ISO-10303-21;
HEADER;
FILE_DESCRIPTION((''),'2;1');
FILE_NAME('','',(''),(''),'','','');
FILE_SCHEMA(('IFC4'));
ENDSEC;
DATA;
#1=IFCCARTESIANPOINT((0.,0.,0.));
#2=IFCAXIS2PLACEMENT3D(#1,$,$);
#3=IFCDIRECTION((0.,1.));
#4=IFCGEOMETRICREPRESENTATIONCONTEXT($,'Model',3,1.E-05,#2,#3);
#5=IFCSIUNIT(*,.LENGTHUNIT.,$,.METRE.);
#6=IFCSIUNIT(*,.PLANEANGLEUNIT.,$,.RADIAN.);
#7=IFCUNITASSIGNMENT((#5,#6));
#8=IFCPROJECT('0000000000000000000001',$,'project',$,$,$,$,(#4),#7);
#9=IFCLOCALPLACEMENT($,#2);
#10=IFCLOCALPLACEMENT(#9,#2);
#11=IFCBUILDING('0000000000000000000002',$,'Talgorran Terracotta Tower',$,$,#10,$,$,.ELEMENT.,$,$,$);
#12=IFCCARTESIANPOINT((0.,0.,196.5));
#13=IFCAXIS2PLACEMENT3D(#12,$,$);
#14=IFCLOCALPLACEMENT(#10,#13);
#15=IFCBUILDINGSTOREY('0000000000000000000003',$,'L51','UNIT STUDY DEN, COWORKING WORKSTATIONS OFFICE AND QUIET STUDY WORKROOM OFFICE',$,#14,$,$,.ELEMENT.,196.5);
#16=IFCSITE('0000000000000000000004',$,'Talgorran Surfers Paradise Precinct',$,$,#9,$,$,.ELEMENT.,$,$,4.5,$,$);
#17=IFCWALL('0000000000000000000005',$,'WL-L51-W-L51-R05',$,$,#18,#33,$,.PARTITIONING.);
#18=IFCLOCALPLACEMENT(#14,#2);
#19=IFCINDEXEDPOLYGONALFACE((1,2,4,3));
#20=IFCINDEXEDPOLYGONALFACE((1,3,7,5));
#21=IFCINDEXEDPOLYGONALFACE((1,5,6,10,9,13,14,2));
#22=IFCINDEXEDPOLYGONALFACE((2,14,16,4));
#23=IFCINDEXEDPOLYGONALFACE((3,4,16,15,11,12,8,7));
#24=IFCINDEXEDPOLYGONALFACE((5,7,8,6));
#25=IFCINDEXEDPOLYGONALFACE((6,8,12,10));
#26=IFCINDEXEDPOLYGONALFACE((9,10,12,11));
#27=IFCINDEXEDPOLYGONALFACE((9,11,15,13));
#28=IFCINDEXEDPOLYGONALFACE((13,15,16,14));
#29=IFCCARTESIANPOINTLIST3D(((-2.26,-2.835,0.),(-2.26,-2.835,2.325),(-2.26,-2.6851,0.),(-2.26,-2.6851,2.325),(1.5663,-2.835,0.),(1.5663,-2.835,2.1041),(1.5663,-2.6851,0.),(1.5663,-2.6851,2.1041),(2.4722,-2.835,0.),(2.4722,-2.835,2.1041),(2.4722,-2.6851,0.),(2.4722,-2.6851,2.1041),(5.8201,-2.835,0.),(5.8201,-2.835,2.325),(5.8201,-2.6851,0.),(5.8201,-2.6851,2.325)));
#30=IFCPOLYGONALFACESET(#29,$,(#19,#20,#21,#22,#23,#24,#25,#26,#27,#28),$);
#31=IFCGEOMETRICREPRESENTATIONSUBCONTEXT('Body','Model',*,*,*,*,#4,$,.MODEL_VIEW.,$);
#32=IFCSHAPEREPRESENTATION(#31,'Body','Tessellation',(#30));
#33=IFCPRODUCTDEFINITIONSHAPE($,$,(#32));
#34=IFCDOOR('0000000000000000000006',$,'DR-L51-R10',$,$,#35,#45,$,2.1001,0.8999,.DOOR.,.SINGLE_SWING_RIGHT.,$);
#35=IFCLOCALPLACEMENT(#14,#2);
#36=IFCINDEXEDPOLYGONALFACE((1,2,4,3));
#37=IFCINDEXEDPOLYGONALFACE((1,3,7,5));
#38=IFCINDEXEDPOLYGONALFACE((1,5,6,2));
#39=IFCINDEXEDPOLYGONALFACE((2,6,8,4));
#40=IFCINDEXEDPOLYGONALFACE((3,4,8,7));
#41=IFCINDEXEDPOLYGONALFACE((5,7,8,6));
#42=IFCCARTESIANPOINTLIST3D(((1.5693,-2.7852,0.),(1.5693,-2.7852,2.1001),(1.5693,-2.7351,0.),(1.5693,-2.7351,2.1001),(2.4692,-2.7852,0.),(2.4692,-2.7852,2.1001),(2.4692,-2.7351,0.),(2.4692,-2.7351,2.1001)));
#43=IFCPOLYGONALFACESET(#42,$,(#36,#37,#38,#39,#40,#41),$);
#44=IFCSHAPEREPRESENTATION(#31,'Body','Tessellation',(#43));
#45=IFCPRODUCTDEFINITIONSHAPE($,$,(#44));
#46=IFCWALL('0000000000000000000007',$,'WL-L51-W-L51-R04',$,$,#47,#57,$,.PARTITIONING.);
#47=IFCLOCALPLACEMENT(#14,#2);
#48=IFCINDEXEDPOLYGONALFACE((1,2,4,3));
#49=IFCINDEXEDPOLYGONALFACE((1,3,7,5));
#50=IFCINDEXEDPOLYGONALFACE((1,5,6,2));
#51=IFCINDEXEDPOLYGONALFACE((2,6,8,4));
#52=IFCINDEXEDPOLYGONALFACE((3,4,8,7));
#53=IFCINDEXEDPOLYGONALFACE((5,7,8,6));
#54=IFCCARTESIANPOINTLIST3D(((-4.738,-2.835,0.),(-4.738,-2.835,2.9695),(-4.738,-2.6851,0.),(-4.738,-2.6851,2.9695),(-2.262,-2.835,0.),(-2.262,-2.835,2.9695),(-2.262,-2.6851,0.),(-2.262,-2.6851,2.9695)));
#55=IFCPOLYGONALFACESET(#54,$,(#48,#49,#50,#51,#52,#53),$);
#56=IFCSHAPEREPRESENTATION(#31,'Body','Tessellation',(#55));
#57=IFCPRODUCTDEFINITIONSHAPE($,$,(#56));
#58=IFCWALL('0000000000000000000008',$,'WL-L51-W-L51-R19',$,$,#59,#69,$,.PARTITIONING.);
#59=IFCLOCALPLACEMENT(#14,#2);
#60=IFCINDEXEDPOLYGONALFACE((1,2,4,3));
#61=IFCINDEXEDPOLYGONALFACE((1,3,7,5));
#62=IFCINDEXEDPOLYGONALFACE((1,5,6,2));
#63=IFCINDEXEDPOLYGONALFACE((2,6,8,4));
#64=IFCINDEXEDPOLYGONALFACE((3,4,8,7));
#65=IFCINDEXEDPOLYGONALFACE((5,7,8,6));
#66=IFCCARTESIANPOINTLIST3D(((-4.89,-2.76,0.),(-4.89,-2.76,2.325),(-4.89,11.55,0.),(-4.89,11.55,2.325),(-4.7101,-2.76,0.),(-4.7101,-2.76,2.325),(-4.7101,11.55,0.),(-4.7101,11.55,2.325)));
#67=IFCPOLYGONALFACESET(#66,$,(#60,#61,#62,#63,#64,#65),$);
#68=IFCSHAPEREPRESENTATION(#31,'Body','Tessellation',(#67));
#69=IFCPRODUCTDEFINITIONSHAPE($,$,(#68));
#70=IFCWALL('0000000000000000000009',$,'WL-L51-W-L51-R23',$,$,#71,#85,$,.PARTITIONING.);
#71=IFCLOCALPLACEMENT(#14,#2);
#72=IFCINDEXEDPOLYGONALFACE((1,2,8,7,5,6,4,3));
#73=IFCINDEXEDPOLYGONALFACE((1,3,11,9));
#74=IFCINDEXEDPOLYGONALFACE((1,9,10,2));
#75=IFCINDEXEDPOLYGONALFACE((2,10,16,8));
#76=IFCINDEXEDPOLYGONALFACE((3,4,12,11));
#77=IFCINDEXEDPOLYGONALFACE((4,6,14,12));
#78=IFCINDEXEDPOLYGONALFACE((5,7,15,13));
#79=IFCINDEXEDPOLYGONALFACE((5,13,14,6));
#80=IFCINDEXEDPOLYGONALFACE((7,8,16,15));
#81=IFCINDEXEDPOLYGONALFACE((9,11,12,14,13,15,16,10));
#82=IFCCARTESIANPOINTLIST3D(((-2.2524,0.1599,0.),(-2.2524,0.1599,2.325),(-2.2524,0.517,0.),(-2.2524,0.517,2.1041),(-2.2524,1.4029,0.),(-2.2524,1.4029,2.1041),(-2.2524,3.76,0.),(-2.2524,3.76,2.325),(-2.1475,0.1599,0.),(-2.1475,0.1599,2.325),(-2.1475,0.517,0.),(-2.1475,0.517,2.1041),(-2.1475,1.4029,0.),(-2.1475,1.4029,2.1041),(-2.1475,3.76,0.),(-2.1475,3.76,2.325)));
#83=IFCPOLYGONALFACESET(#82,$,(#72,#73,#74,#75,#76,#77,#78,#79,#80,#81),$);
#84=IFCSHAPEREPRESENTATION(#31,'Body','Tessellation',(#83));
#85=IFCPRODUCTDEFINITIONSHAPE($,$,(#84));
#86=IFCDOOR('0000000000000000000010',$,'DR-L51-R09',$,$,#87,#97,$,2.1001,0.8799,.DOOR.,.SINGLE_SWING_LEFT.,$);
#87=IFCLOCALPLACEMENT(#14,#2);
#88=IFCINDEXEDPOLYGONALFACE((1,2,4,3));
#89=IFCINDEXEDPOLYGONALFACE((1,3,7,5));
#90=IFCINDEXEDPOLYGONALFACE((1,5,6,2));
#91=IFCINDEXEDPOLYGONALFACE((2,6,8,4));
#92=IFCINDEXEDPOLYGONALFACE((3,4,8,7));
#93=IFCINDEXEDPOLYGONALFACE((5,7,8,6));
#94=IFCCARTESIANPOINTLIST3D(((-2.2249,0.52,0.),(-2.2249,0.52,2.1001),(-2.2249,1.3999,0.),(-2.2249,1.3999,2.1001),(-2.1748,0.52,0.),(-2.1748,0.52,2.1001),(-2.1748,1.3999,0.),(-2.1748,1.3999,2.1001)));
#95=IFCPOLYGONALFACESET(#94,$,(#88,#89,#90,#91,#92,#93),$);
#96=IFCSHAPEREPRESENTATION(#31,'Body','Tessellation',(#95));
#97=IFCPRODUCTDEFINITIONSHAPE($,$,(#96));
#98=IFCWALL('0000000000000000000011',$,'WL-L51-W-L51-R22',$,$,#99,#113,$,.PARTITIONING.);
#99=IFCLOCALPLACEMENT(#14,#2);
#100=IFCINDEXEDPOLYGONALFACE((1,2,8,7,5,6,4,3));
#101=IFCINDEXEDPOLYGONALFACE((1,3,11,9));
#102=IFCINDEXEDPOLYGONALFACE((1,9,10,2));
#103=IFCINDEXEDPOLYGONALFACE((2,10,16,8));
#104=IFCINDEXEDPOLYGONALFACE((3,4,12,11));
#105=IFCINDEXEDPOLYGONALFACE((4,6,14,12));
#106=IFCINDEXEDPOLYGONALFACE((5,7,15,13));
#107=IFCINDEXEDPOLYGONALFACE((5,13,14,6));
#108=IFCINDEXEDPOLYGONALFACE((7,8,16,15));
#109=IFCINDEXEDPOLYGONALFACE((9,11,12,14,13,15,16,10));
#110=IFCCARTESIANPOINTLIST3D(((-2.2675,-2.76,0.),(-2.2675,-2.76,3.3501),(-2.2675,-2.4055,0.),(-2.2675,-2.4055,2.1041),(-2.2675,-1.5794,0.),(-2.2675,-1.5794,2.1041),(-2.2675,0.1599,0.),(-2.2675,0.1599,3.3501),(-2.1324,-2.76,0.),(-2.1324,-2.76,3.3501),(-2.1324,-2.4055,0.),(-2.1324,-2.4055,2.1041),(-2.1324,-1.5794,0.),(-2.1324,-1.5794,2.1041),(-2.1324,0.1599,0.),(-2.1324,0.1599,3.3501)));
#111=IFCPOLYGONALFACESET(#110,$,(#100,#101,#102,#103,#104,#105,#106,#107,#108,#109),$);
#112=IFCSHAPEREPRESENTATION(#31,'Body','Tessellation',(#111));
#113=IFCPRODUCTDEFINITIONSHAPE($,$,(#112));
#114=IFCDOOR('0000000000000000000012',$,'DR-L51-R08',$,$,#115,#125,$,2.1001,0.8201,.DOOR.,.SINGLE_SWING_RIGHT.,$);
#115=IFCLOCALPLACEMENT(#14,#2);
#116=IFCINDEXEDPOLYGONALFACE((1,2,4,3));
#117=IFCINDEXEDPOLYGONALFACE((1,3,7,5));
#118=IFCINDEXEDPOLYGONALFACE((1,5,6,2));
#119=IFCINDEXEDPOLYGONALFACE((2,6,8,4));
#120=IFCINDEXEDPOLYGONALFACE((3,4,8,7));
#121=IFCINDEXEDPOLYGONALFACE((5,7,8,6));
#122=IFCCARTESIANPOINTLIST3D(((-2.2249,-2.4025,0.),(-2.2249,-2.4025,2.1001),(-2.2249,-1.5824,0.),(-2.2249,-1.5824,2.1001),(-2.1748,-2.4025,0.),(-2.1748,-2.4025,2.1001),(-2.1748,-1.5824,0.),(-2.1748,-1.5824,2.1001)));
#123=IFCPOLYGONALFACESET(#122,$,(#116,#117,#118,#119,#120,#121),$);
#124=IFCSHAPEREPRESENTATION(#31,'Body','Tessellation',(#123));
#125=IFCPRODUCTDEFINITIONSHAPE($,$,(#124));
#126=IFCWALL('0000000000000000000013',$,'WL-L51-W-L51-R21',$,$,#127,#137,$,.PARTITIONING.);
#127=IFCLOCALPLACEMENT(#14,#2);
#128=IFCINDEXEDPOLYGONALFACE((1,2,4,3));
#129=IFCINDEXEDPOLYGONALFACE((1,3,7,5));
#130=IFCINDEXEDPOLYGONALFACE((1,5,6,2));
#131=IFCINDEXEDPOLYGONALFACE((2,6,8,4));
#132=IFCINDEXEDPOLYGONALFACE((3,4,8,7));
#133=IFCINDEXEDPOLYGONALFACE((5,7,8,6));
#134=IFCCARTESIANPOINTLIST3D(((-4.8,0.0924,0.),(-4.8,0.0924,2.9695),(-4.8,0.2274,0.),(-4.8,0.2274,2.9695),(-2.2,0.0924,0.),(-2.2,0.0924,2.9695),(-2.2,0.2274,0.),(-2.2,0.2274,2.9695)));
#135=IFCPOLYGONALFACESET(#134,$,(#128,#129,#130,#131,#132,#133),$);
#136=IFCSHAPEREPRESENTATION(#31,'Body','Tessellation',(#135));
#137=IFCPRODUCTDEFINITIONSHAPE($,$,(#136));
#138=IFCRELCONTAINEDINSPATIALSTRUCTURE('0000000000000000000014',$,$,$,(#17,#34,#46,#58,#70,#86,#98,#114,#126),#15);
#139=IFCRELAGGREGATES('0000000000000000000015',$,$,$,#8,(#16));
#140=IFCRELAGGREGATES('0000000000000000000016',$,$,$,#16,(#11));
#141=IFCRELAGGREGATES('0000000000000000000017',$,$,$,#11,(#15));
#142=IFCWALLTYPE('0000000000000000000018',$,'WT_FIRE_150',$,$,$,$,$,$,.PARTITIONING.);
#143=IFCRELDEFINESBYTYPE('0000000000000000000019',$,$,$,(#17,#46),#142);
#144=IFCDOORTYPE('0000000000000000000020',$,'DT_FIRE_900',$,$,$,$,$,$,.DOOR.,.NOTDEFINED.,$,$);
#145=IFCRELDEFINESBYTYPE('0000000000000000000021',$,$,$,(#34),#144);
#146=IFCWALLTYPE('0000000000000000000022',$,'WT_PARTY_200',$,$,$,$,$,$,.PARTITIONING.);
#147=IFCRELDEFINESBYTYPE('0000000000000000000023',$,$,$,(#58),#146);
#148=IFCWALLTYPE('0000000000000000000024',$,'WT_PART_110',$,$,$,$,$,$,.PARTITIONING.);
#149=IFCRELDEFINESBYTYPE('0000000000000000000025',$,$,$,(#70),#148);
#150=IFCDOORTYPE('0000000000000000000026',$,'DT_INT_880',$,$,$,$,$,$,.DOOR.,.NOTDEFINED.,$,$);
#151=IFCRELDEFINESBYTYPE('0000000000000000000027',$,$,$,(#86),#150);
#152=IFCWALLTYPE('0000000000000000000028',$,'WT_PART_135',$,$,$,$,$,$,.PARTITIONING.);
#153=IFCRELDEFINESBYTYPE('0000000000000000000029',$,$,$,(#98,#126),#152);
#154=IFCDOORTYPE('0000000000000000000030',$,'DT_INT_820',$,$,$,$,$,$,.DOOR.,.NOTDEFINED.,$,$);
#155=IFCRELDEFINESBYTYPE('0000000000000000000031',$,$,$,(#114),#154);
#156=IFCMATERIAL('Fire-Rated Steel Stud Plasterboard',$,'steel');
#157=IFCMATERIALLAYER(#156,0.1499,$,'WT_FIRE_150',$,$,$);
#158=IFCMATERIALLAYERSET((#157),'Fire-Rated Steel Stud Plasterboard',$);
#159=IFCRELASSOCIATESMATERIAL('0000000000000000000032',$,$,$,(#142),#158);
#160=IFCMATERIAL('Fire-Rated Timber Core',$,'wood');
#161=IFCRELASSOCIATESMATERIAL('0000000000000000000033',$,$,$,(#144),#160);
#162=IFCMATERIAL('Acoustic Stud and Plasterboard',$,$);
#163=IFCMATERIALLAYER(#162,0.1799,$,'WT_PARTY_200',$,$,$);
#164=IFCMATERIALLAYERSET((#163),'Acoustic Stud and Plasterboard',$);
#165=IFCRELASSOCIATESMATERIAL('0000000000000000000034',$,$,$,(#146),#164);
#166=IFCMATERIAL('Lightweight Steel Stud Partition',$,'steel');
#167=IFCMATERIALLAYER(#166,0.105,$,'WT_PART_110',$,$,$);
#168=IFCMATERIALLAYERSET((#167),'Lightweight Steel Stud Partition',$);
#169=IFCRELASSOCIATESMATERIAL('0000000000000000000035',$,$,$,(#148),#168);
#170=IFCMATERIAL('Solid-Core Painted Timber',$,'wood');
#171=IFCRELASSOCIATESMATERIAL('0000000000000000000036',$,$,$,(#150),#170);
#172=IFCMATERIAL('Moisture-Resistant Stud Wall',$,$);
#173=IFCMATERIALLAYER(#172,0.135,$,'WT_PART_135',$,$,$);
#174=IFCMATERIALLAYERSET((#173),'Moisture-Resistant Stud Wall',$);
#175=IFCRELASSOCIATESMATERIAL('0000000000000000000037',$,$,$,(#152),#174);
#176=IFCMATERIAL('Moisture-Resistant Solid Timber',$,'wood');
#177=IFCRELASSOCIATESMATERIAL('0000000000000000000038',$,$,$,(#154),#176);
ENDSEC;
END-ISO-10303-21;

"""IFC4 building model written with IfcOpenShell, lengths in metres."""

from ifc_helpers import new_model, si_unit, direction, frame, frame_2d, origin, place, context, subcontext, project, spatial, rectangle, extrude, material, layer, layer_set, type_object, element, fill, save


model = new_model("IFC4")

# Units and contexts
model_context = context("Model", 3, precision=1e-05, world=origin(), true_north=direction((0.0, 1.0)))
body_context = subcontext(model_context, "Body", "Model", "MODEL_VIEW")
ifc_project = project(units=[si_unit("LENGTHUNIT", "METRE"), si_unit("PLANEANGLEUNIT", "RADIAN")], contexts=[model_context])

# Site, building, storey
site_placement = place(None, origin())
site = spatial("IfcSite", under=ifc_project, at=site_placement, Name="Talgorran Surfers Paradise Precinct", CompositionType="ELEMENT", RefElevation=4.5)
building_placement = place(site_placement, origin())
building = spatial("IfcBuilding", under=site, at=building_placement, Name="Talgorran Terracotta Tower", CompositionType="ELEMENT")
storey_placement = place(building_placement, frame((0.0, 0.0, 196.5)))
storey = spatial("IfcBuildingStorey", under=building, at=storey_placement, Name="L51", Description="UNIT STUDY DEN, COWORKING WORKSTATIONS OFFICE AND QUIET STUDY WORKROOM OFFICE", CompositionType="ELEMENT", Elevation=196.5)

# Wall, opening, door
ifc_material_1 = material(Name="Fire-Rated Steel Stud Plasterboard", Category="steel")
ifc_layer_1 = layer(ifc_material_1, 0.1499, Name="WT_FIRE_150")
ifc_layer_set_1 = layer_set([ifc_layer_1], Name="Fire-Rated Steel Stud Plasterboard")
wall_type_1 = type_object("IfcWallType", Name="WT_FIRE_150", PredefinedType="PARTITIONING", material=ifc_layer_set_1)
wall_1_placement = place(storey_placement, frame((-2.26, -2.76, 0.0), z_axis=(0.0, 0.0, 1.0), x_axis=(1.0, 0.0, 0.0)))
wall_1 = element("IfcWall", 1, at=wall_1_placement, inside=storey, type_object=wall_type_1, Name="WL-L51-W-L51-R05", PredefinedType="PARTITIONING", context=body_context, shape_type="SweptSolid", body=[
    extrude(rectangle(XDim=8.0801, YDim=0.1499, at=frame_2d((4.04, 0.0))), origin(), (0.0, 0.0, 1.0), 2.325),
])
opening_1_placement = place(wall_1_placement, frame((3.8293, 0.0, 0.0)))
opening_1 = element("IfcOpeningElement", 2, at=opening_1_placement, cuts=wall_1, PredefinedType="OPENING", context=body_context, shape_type="SweptSolid", body=[
    extrude(rectangle(XDim=0.9059, YDim=2.1041, at=frame_2d((0.45, 1.052))), frame((0.0, 0.085, 0.0), z_axis=(0.0, -1.0, 0.0), x_axis=(1.0, 0.0, 0.0)), (0.0, 0.0, 1.0), 0.1699),
])
ifc_material_2 = material(Name="Fire-Rated Timber Core", Category="wood")
door_type_1 = type_object("IfcDoorType", Name="DT_FIRE_900", OperationType="NOTDEFINED", PredefinedType="DOOR", material=ifc_material_2)
door_1_placement = place(opening_1_placement, origin())
door_1 = element("IfcDoor", 3, at=door_1_placement, inside=storey, type_object=door_type_1, Name="DR-L51-R10", OperationType="SINGLE_SWING_RIGHT", OverallHeight=2.1001, OverallWidth=0.8999, PredefinedType="DOOR", context=body_context, shape_type="SweptSolid", body=[
    extrude(rectangle(XDim=0.8999, YDim=2.1001, at=frame_2d((0.45, 1.05))), frame((0.0, 0.0249, 0.0), z_axis=(0.0, -1.0, 0.0), x_axis=(1.0, 0.0, 0.0)), (0.0, 0.0, 1.0), 0.05),
])
fill(opening_1, door_1)

# Walls
wall_2_placement = place(storey_placement, frame((-4.738, -2.76, 0.0), z_axis=(0.0, 0.0, 1.0), x_axis=(1.0, 0.0, 0.0)))
element("IfcWall", 4, at=wall_2_placement, inside=storey, type_object=wall_type_1, Name="WL-L51-W-L51-R04", PredefinedType="PARTITIONING", context=body_context, shape_type="SweptSolid", body=[
    extrude(rectangle(XDim=2.4761, YDim=0.1499, at=frame_2d((1.238, 0.0))), origin(), (0.0, 0.0, 1.0), 2.9695),
])
ifc_material_3 = material(Name="Acoustic Stud and Plasterboard")
ifc_layer_2 = layer(ifc_material_3, 0.1799, Name="WT_PARTY_200")
ifc_layer_set_2 = layer_set([ifc_layer_2], Name="Acoustic Stud and Plasterboard")
wall_type_2 = type_object("IfcWallType", Name="WT_PARTY_200", PredefinedType="PARTITIONING", material=ifc_layer_set_2)
wall_3_placement = place(storey_placement, frame((-4.8, -2.76, 0.0), z_axis=(0.0, 0.0, 1.0), x_axis=(0.0, 1.0, 0.0)))
element("IfcWall", 5, at=wall_3_placement, inside=storey, type_object=wall_type_2, Name="WL-L51-W-L51-R19", PredefinedType="PARTITIONING", context=body_context, shape_type="SweptSolid", body=[
    extrude(rectangle(XDim=14.3101, YDim=0.1799, at=frame_2d((7.155, 0.0))), origin(), (0.0, 0.0, 1.0), 2.325),
])

# Walls, openings, doors
ifc_material_4 = material(Name="Lightweight Steel Stud Partition", Category="steel")
ifc_layer_3 = layer(ifc_material_4, 0.105, Name="WT_PART_110")
ifc_layer_set_3 = layer_set([ifc_layer_3], Name="Lightweight Steel Stud Partition")
wall_type_3 = type_object("IfcWallType", Name="WT_PART_110", PredefinedType="PARTITIONING", material=ifc_layer_set_3)
wall_4_placement = place(storey_placement, frame((-2.2, 0.1599, 0.0), z_axis=(0.0, 0.0, 1.0), x_axis=(0.0, 1.0, 0.0)))
wall_4 = element("IfcWall", 6, at=wall_4_placement, inside=storey, type_object=wall_type_3, Name="WL-L51-W-L51-R23", PredefinedType="PARTITIONING", context=body_context, shape_type="SweptSolid", body=[
    extrude(rectangle(XDim=3.6001, YDim=0.105, at=frame_2d((1.8, 0.0))), origin(), (0.0, 0.0, 1.0), 2.325),
])
opening_2_placement = place(wall_4_placement, frame((0.3601, 0.0, 0.0)))
opening_2 = element("IfcOpeningElement", 7, at=opening_2_placement, cuts=wall_4, PredefinedType="OPENING", context=body_context, shape_type="SweptSolid", body=[
    extrude(rectangle(XDim=0.8859, YDim=2.1041, at=frame_2d((0.4399, 1.052))), frame((0.0, 0.0625, 0.0), z_axis=(0.0, -1.0, 0.0), x_axis=(1.0, 0.0, 0.0)), (0.0, 0.0, 1.0), 0.125),
])
ifc_material_5 = material(Name="Solid-Core Painted Timber", Category="wood")
door_type_2 = type_object("IfcDoorType", Name="DT_INT_880", OperationType="NOTDEFINED", PredefinedType="DOOR", material=ifc_material_5)
door_2_placement = place(opening_2_placement, origin())
door_2 = element("IfcDoor", 8, at=door_2_placement, inside=storey, type_object=door_type_2, Name="DR-L51-R09", OperationType="SINGLE_SWING_LEFT", OverallHeight=2.1001, OverallWidth=0.8799, PredefinedType="DOOR", context=body_context, shape_type="SweptSolid", body=[
    extrude(rectangle(XDim=0.8799, YDim=2.1001, at=frame_2d((0.4399, 1.05))), frame((0.0, 0.0249, 0.0), z_axis=(0.0, -1.0, 0.0), x_axis=(1.0, 0.0, 0.0)), (0.0, 0.0, 1.0), 0.05),
])
fill(opening_2, door_2)
ifc_material_6 = material(Name="Moisture-Resistant Stud Wall")
ifc_layer_4 = layer(ifc_material_6, 0.135, Name="WT_PART_135")
ifc_layer_set_4 = layer_set([ifc_layer_4], Name="Moisture-Resistant Stud Wall")
wall_type_4 = type_object("IfcWallType", Name="WT_PART_135", PredefinedType="PARTITIONING", material=ifc_layer_set_4)
wall_5_placement = place(storey_placement, frame((-2.2, -2.76, 0.0), z_axis=(0.0, 0.0, 1.0), x_axis=(0.0, 1.0, 0.0)))
wall_5 = element("IfcWall", 9, at=wall_5_placement, inside=storey, type_object=wall_type_4, Name="WL-L51-W-L51-R22", PredefinedType="PARTITIONING", context=body_context, shape_type="SweptSolid", body=[
    extrude(rectangle(XDim=2.9199, YDim=0.135, at=frame_2d((1.46, 0.0))), origin(), (0.0, 0.0, 1.0), 3.3501),
])
opening_3_placement = place(wall_5_placement, frame((0.3574, 0.0, 0.0)))
opening_3 = element("IfcOpeningElement", 10, at=opening_3_placement, cuts=wall_5, PredefinedType="OPENING", context=body_context, shape_type="SweptSolid", body=[
    extrude(rectangle(XDim=0.8261, YDim=2.1041, at=frame_2d((0.4102, 1.052))), frame((0.0, 0.0776, 0.0), z_axis=(0.0, -1.0, 0.0), x_axis=(1.0, 0.0, 0.0)), (0.0, 0.0, 1.0), 0.155),
])
ifc_material_7 = material(Name="Moisture-Resistant Solid Timber", Category="wood")
door_type_3 = type_object("IfcDoorType", Name="DT_INT_820", OperationType="NOTDEFINED", PredefinedType="DOOR", material=ifc_material_7)
door_3_placement = place(opening_3_placement, origin())
door_3 = element("IfcDoor", 11, at=door_3_placement, inside=storey, type_object=door_type_3, Name="DR-L51-R08", OperationType="SINGLE_SWING_RIGHT", OverallHeight=2.1001, OverallWidth=0.8201, PredefinedType="DOOR", context=body_context, shape_type="SweptSolid", body=[
    extrude(rectangle(XDim=0.8201, YDim=2.1001, at=frame_2d((0.4102, 1.05))), frame((0.0, 0.0249, 0.0), z_axis=(0.0, -1.0, 0.0), x_axis=(1.0, 0.0, 0.0)), (0.0, 0.0, 1.0), 0.05),
])
fill(opening_3, door_3)

# Wall
wall_6_placement = place(storey_placement, frame((-4.8, 0.1599, 0.0), z_axis=(0.0, 0.0, 1.0), x_axis=(1.0, 0.0, 0.0)))
element("IfcWall", 12, at=wall_6_placement, inside=storey, type_object=wall_type_4, Name="WL-L51-W-L51-R21", PredefinedType="PARTITIONING", context=body_context, shape_type="SweptSolid", body=[
    extrude(rectangle(XDim=2.6001, YDim=0.135, at=frame_2d((1.3, 0.0))), origin(), (0.0, 0.0, 1.0), 2.9695),
])

save(model, "model.ifc")
